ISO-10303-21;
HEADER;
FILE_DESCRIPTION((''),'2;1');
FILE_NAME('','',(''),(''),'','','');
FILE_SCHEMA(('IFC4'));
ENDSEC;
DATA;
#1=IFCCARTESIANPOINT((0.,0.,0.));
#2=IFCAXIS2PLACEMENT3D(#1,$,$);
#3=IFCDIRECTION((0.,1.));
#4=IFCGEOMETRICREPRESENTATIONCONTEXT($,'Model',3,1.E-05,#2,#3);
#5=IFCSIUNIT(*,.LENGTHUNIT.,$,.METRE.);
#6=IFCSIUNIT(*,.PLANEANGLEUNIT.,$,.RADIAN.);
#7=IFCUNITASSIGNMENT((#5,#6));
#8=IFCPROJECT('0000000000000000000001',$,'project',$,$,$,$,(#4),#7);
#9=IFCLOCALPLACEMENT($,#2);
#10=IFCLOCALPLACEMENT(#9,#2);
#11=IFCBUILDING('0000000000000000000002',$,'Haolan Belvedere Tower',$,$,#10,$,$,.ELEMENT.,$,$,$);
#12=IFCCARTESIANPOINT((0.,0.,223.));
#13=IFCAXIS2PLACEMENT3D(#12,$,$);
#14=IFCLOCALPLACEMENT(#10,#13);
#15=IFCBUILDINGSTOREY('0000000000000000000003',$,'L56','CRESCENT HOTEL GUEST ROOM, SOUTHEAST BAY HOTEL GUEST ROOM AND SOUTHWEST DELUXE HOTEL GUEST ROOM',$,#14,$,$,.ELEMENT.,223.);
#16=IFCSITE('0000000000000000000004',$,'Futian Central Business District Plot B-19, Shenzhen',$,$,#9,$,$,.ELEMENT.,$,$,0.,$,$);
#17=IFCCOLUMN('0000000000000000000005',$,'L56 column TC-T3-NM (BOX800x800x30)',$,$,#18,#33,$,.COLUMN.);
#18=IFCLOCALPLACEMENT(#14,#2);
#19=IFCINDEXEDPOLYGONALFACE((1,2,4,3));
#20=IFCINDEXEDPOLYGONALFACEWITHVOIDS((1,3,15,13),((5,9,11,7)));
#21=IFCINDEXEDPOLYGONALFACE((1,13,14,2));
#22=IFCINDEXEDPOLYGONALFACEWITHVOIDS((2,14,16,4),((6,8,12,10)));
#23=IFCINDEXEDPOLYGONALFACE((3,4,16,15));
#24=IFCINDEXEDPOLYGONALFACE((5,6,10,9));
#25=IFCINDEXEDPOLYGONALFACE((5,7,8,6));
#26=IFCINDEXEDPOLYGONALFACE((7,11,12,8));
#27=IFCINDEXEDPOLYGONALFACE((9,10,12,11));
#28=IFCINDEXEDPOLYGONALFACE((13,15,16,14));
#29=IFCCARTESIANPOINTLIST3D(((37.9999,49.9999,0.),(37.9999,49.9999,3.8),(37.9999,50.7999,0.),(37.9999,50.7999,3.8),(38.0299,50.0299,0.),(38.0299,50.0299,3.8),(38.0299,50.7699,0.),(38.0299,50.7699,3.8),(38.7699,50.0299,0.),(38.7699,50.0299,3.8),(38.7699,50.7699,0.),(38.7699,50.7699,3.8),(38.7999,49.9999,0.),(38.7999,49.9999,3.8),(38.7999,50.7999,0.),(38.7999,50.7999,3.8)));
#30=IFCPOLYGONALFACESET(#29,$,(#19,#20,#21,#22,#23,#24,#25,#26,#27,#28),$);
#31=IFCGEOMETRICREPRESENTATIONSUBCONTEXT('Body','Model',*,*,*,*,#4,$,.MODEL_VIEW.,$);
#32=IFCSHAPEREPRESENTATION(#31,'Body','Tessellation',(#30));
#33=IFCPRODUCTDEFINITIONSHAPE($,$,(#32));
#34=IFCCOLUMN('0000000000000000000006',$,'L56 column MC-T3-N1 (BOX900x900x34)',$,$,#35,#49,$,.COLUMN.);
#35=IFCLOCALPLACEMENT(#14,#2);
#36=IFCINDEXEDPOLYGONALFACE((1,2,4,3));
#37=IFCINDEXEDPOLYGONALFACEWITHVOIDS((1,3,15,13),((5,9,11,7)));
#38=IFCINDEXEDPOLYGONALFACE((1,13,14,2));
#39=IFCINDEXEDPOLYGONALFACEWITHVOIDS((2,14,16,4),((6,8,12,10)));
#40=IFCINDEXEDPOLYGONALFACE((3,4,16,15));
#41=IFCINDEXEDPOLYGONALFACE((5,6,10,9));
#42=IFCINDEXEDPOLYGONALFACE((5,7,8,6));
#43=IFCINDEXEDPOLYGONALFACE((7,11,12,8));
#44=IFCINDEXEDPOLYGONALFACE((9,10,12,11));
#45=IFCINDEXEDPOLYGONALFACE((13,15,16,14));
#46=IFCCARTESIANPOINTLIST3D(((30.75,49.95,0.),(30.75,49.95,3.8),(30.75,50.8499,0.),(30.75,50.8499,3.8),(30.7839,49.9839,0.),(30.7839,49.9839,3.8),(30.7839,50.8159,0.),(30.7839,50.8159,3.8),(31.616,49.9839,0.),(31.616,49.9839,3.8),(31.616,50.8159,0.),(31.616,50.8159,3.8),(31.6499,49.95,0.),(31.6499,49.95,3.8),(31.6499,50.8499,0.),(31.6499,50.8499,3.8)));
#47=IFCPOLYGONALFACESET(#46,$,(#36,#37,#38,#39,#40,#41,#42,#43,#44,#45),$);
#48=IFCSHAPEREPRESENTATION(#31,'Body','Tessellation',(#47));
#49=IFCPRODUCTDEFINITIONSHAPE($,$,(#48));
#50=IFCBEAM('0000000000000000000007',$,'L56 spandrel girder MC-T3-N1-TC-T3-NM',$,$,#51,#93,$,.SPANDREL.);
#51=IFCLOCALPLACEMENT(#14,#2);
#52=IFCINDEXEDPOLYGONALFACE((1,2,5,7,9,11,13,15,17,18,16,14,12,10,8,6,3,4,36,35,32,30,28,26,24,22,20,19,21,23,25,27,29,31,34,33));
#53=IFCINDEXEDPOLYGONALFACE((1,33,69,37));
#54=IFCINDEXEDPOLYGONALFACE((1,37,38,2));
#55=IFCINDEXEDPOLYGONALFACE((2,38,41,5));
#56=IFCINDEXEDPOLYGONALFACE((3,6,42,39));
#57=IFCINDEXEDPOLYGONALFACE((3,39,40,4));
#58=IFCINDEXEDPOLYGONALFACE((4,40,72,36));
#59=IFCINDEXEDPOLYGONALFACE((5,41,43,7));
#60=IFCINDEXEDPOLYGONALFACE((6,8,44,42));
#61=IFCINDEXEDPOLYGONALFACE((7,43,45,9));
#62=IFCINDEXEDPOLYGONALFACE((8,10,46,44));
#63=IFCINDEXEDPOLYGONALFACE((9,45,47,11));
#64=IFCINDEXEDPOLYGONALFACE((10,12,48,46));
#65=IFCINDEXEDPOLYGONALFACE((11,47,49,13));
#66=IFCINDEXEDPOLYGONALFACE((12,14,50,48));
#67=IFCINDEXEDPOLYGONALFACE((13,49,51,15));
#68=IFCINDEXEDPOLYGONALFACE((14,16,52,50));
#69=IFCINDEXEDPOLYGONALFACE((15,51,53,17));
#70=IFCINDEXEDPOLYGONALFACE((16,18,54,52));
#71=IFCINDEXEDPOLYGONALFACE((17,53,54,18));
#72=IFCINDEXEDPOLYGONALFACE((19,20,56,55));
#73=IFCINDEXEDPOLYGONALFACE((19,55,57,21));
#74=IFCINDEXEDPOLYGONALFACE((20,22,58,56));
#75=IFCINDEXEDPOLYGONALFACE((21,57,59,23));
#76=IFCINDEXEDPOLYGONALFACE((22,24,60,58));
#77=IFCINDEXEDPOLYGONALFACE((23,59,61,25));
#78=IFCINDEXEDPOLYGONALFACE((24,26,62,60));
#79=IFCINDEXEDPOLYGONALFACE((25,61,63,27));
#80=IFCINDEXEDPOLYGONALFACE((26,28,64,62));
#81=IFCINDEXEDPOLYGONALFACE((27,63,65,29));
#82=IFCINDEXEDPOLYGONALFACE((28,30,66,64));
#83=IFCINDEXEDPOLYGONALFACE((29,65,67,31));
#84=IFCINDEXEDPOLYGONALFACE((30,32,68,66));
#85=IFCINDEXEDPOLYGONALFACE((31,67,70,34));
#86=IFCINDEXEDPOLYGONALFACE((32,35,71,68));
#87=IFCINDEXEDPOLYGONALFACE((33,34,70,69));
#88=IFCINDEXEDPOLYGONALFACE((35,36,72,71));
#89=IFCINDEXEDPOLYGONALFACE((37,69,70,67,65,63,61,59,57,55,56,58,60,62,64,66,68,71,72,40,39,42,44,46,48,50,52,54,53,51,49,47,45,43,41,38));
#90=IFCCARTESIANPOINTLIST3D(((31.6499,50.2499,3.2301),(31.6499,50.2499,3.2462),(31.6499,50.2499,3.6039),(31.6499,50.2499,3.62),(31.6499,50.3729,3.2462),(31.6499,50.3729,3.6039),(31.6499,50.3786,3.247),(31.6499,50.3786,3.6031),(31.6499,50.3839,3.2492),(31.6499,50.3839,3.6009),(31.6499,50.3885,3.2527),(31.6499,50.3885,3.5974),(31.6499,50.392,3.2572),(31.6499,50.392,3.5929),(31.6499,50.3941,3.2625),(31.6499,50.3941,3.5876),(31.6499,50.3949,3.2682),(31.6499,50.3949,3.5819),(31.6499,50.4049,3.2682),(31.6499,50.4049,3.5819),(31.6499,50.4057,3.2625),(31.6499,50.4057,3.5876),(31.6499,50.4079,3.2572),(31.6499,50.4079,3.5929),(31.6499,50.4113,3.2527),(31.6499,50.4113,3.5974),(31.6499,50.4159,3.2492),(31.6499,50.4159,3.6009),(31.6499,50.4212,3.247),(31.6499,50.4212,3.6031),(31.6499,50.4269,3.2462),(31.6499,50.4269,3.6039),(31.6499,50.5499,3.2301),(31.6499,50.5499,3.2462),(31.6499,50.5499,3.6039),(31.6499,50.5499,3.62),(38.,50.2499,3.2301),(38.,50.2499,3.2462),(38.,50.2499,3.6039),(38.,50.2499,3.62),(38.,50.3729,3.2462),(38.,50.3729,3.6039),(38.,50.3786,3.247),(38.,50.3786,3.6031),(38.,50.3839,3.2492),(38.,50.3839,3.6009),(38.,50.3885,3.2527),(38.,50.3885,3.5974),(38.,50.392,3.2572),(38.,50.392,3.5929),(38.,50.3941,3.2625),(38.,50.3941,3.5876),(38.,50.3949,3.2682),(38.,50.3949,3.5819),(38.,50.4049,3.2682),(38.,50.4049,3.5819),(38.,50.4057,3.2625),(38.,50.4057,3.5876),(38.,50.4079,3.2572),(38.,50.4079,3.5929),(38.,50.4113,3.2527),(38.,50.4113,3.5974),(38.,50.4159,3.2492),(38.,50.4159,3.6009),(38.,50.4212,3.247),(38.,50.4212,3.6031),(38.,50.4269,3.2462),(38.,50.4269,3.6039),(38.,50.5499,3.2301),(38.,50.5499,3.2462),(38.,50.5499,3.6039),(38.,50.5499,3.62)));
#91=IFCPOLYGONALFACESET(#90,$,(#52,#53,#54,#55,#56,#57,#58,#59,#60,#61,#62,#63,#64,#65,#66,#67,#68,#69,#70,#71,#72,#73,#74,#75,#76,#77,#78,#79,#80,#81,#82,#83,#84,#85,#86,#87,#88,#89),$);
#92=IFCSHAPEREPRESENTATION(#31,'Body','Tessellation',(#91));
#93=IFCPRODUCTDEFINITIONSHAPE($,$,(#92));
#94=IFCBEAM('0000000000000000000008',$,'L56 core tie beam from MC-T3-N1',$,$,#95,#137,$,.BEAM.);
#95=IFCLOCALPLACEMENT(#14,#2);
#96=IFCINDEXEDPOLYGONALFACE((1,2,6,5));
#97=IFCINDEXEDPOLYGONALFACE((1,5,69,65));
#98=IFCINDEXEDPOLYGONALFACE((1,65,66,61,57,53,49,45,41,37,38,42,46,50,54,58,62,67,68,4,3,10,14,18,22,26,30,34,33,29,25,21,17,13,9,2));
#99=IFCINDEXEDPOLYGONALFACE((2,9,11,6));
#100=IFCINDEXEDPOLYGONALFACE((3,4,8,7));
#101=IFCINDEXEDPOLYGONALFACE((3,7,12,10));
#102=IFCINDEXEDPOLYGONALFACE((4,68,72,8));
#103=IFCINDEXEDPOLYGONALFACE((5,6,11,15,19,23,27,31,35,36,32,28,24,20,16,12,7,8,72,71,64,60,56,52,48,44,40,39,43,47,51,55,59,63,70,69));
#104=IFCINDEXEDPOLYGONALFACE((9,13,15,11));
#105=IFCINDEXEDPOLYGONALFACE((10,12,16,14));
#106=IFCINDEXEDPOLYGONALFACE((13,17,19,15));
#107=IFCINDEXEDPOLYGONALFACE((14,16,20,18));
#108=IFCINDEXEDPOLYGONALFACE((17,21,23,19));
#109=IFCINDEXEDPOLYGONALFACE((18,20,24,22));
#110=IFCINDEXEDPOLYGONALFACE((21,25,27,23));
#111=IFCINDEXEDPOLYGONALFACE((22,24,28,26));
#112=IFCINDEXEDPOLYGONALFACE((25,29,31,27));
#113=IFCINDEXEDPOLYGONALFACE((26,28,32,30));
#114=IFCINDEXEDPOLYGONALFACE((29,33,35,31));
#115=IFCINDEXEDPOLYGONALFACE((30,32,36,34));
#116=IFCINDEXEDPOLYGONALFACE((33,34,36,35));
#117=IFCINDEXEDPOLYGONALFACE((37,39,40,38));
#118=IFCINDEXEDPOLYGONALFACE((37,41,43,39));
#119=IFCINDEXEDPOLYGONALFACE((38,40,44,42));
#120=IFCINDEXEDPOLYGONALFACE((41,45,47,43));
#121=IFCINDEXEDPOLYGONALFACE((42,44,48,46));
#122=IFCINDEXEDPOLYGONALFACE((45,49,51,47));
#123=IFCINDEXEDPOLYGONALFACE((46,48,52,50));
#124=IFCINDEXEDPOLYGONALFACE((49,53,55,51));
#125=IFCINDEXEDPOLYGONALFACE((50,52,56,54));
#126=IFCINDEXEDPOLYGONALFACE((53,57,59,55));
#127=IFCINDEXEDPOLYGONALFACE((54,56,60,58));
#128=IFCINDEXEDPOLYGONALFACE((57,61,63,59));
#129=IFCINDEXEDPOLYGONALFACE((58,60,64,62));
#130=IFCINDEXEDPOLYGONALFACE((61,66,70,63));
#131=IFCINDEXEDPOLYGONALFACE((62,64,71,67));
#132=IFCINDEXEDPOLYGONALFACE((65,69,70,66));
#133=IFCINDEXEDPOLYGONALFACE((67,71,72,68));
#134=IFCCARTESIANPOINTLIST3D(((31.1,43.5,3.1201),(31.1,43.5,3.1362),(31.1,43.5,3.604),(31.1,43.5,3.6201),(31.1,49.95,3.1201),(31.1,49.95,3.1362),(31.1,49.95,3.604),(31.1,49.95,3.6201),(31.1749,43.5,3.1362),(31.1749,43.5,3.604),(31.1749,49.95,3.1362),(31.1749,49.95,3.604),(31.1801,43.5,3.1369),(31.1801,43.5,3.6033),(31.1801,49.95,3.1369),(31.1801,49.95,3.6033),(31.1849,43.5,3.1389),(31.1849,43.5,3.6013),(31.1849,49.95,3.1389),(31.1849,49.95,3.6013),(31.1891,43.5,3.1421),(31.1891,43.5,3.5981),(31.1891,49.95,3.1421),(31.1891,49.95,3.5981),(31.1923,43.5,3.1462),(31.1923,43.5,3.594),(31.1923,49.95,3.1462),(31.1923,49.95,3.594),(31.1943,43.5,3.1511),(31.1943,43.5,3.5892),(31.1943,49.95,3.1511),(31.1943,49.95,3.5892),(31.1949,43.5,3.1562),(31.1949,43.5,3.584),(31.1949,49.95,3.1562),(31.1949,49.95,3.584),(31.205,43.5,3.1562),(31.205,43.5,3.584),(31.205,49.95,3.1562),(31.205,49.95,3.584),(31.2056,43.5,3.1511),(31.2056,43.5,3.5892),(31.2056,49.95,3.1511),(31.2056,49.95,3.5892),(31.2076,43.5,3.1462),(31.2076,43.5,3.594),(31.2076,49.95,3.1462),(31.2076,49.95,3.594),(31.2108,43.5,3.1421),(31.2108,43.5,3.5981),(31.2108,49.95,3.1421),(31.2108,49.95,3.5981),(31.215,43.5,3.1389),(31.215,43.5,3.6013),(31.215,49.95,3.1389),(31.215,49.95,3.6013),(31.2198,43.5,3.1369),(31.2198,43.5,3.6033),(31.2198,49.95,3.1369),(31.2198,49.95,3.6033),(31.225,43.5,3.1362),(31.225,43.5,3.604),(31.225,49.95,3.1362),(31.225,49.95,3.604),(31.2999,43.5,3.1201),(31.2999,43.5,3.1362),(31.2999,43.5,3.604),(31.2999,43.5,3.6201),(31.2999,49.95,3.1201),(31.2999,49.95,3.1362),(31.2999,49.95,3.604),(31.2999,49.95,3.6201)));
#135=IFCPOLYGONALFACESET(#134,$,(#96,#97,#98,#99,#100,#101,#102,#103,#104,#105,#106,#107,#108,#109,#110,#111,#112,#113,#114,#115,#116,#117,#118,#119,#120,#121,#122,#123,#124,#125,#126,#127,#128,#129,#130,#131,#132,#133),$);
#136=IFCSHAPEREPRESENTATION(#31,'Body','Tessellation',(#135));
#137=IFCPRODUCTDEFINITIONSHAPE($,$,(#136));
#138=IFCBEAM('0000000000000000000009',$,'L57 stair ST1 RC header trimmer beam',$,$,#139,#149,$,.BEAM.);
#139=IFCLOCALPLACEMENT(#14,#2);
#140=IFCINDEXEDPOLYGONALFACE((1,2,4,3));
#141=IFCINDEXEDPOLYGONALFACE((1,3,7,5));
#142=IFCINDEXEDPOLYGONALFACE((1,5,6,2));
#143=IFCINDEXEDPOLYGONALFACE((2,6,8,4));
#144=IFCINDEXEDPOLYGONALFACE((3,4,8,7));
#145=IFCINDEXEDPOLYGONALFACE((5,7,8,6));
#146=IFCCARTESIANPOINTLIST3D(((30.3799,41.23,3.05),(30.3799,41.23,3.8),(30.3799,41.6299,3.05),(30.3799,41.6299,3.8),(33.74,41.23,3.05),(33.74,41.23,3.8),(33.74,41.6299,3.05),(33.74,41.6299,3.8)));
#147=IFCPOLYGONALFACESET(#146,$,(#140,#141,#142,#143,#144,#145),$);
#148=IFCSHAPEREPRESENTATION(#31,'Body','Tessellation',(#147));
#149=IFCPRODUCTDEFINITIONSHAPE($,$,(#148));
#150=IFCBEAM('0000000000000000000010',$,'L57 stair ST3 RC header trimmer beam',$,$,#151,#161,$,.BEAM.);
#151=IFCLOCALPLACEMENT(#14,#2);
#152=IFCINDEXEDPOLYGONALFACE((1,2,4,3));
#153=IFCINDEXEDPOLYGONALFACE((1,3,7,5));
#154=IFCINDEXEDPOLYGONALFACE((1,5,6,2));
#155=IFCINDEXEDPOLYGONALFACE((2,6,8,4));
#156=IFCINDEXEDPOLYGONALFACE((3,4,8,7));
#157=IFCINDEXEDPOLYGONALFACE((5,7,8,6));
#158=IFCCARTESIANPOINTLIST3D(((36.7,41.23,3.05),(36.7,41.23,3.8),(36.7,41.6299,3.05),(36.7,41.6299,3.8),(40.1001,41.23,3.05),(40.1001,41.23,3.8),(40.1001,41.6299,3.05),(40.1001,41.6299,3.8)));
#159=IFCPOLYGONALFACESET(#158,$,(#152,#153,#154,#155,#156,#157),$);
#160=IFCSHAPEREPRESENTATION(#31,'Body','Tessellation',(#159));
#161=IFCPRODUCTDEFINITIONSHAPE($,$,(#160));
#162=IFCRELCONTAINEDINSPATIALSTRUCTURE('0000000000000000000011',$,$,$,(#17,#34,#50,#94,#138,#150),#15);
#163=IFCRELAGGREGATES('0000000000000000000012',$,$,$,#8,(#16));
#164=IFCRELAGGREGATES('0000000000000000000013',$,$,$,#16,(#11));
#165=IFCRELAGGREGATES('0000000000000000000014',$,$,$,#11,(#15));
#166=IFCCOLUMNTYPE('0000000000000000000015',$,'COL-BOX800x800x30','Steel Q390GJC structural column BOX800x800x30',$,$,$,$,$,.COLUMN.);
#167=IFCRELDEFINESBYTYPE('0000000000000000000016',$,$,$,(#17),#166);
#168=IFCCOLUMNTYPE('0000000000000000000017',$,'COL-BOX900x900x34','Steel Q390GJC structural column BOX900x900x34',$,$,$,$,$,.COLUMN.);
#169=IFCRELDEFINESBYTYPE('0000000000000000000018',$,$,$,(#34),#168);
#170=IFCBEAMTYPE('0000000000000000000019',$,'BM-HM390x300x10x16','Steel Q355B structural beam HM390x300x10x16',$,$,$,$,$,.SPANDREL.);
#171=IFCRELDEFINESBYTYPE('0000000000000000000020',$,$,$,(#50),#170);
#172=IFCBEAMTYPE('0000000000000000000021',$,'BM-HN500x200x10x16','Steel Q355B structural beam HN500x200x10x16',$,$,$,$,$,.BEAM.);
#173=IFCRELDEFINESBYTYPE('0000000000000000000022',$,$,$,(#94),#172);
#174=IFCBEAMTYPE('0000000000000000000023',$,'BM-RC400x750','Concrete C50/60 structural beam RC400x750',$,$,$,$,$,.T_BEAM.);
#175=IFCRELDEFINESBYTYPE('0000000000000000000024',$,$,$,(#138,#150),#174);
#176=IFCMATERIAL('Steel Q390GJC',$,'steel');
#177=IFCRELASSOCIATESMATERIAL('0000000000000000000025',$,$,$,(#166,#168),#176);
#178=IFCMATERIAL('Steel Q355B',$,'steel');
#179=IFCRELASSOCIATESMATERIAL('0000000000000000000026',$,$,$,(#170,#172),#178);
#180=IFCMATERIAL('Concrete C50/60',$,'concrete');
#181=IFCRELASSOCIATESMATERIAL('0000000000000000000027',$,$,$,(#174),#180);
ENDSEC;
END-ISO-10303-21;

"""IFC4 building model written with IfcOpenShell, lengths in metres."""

from ifc_helpers import new_model, si_unit, direction, frame, origin, origin_2d, place, context, subcontext, project, spatial, rectangle, hollow_rectangle, i_section, extrude, material, material_profile, profile_set, type_object, element, save


model = new_model("IFC4")

# Units and contexts
model_context = context("Model", 3, precision=1e-05, world=origin(), true_north=direction((0.0, 1.0)))
body_context = subcontext(model_context, "Body", "Model", "MODEL_VIEW")
ifc_project = project(units=[si_unit("LENGTHUNIT", "METRE"), si_unit("PLANEANGLEUNIT", "RADIAN")], contexts=[model_context])

# Site, building, storey
site_placement = place(None, origin())
site = spatial("IfcSite", under=ifc_project, at=site_placement, Name="Futian Central Business District Plot B-19, Shenzhen", CompositionType="ELEMENT", RefElevation=0.0)
building_placement = place(site_placement, origin())
building = spatial("IfcBuilding", under=site, at=building_placement, Name="Haolan Belvedere Tower", CompositionType="ELEMENT")
storey_placement = place(building_placement, frame((0.0, 0.0, 223.0)))
storey = spatial("IfcBuildingStorey", under=building, at=storey_placement, Name="L56", Description="CRESCENT HOTEL GUEST ROOM, SOUTHEAST BAY HOTEL GUEST ROOM AND SOUTHWEST DELUXE HOTEL GUEST ROOM", CompositionType="ELEMENT", Elevation=223.0)

# Columns
ifc_material_1 = material(Name="Steel Q390GJC", Category="steel")
ifc_material_profile_1 = material_profile(ifc_material_1, hollow_rectangle(XDim=0.8, YDim=0.8, WallThickness=0.03, at=origin_2d()), Name="Steel Q390GJC")
ifc_profile_set_1 = profile_set([ifc_material_profile_1], Name="Steel Q390GJC")
column_type_1 = type_object("IfcColumnType", Name="COL-BOX800x800x30", Description="Steel Q390GJC structural column BOX800x800x30", PredefinedType="COLUMN", material=ifc_profile_set_1)
column_1_placement = place(storey_placement, frame((38.3999, 50.3999, 0.0), z_axis=(0.0, 0.0, 1.0), x_axis=(1.0, 0.0, 0.0)))
element("IfcColumn", 1, at=column_1_placement, inside=storey, type_object=column_type_1, Name="L56 column TC-T3-NM (BOX800x800x30)", PredefinedType="COLUMN", context=body_context, shape_type="SweptSolid", body=[
    extrude(hollow_rectangle(XDim=0.8, YDim=0.8, WallThickness=0.03, at=origin_2d()), origin(), (0.0, 0.0, 1.0), 3.8),
])
ifc_material_profile_2 = material_profile(ifc_material_1, hollow_rectangle(XDim=0.8999, YDim=0.8999, WallThickness=0.0339, at=origin_2d()), Name="Steel Q390GJC")
ifc_profile_set_2 = profile_set([ifc_material_profile_2], Name="Steel Q390GJC")
column_type_2 = type_object("IfcColumnType", Name="COL-BOX900x900x34", Description="Steel Q390GJC structural column BOX900x900x34", PredefinedType="COLUMN", material=ifc_profile_set_2)
column_2_placement = place(storey_placement, frame((31.2, 50.3999, 0.0), z_axis=(0.0, 0.0, 1.0), x_axis=(1.0, 0.0, 0.0)))
element("IfcColumn", 2, at=column_2_placement, inside=storey, type_object=column_type_2, Name="L56 column MC-T3-N1 (BOX900x900x34)", PredefinedType="COLUMN", context=body_context, shape_type="SweptSolid", body=[
    extrude(hollow_rectangle(XDim=0.8999, YDim=0.8999, WallThickness=0.0339, at=origin_2d()), origin(), (0.0, 0.0, 1.0), 3.8),
])

# Beams
ifc_material_2 = material(Name="Steel Q355B", Category="steel")
ifc_material_profile_3 = material_profile(ifc_material_2, i_section(OverallWidth=0.3, OverallDepth=0.3899, WebThickness=0.01, FlangeThickness=0.0161, FilletRadius=0.022, at=origin_2d()), Name="Steel Q355B")
ifc_profile_set_3 = profile_set([ifc_material_profile_3], Name="Steel Q355B")
beam_type_1 = type_object("IfcBeamType", Name="BM-HM390x300x10x16", Description="Steel Q355B structural beam HM390x300x10x16", PredefinedType="SPANDREL", material=ifc_profile_set_3)
beam_1_placement = place(storey_placement, frame((31.6499, 50.3999, 3.425), z_axis=(1.0, 0.0, 0.0), x_axis=(0.0, 1.0, 0.0)))
element("IfcBeam", 3, at=beam_1_placement, inside=storey, type_object=beam_type_1, Name="L56 spandrel girder MC-T3-N1-TC-T3-NM", PredefinedType="SPANDREL", context=body_context, shape_type="SweptSolid", body=[
    extrude(i_section(OverallWidth=0.3, OverallDepth=0.3899, WebThickness=0.01, FlangeThickness=0.0161, FilletRadius=0.022, at=origin_2d()), origin(), (0.0, 0.0, 1.0), 6.3501),
])
ifc_material_profile_4 = material_profile(ifc_material_2, i_section(OverallWidth=0.2, OverallDepth=0.5, WebThickness=0.01, FlangeThickness=0.0161, FilletRadius=0.02, at=origin_2d()), Name="Steel Q355B")
ifc_profile_set_4 = profile_set([ifc_material_profile_4], Name="Steel Q355B")
beam_type_2 = type_object("IfcBeamType", Name="BM-HN500x200x10x16", Description="Steel Q355B structural beam HN500x200x10x16", PredefinedType="BEAM", material=ifc_profile_set_4)
beam_2_placement = place(storey_placement, frame((31.2, 49.95, 3.3701), z_axis=(0.0, -1.0, 0.0), x_axis=(1.0, 0.0, 0.0)))
element("IfcBeam", 4, at=beam_2_placement, inside=storey, type_object=beam_type_2, Name="L56 core tie beam from MC-T3-N1", PredefinedType="BEAM", context=body_context, shape_type="SweptSolid", body=[
    extrude(i_section(OverallWidth=0.2, OverallDepth=0.5, WebThickness=0.01, FlangeThickness=0.0161, FilletRadius=0.02, at=origin_2d()), origin(), (0.0, 0.0, 1.0), 6.45),
])
ifc_material_3 = material(Name="Concrete C50/60", Category="concrete")
ifc_material_profile_5 = material_profile(ifc_material_3, rectangle(XDim=0.3999, YDim=0.75, at=origin_2d()), Name="Concrete C50/60")
ifc_profile_set_5 = profile_set([ifc_material_profile_5], Name="Concrete C50/60")
beam_type_3 = type_object("IfcBeamType", Name="BM-RC400x750", Description="Concrete C50/60 structural beam RC400x750", PredefinedType="T_BEAM", material=ifc_profile_set_5)
beam_3_placement = place(storey_placement, frame((30.3799, 41.4299, 3.425), z_axis=(1.0, 0.0, 0.0), x_axis=(0.0, 1.0, 0.0)))
element("IfcBeam", 5, at=beam_3_placement, inside=storey, type_object=beam_type_3, Name="L57 stair ST1 RC header trimmer beam", PredefinedType="BEAM", context=body_context, shape_type="SweptSolid", body=[
    extrude(rectangle(XDim=0.3999, YDim=0.75, at=origin_2d()), origin(), (0.0, 0.0, 1.0), 3.3601),
])
beam_4_placement = place(storey_placement, frame((36.7, 41.4299, 3.425), z_axis=(1.0, 0.0, 0.0), x_axis=(0.0, 1.0, 0.0)))
element("IfcBeam", 6, at=beam_4_placement, inside=storey, type_object=beam_type_3, Name="L57 stair ST3 RC header trimmer beam", PredefinedType="BEAM", context=body_context, shape_type="SweptSolid", body=[
    extrude(rectangle(XDim=0.3999, YDim=0.75, at=origin_2d()), origin(), (0.0, 0.0, 1.0), 3.4001),
])

save(model, "model.ifc")
